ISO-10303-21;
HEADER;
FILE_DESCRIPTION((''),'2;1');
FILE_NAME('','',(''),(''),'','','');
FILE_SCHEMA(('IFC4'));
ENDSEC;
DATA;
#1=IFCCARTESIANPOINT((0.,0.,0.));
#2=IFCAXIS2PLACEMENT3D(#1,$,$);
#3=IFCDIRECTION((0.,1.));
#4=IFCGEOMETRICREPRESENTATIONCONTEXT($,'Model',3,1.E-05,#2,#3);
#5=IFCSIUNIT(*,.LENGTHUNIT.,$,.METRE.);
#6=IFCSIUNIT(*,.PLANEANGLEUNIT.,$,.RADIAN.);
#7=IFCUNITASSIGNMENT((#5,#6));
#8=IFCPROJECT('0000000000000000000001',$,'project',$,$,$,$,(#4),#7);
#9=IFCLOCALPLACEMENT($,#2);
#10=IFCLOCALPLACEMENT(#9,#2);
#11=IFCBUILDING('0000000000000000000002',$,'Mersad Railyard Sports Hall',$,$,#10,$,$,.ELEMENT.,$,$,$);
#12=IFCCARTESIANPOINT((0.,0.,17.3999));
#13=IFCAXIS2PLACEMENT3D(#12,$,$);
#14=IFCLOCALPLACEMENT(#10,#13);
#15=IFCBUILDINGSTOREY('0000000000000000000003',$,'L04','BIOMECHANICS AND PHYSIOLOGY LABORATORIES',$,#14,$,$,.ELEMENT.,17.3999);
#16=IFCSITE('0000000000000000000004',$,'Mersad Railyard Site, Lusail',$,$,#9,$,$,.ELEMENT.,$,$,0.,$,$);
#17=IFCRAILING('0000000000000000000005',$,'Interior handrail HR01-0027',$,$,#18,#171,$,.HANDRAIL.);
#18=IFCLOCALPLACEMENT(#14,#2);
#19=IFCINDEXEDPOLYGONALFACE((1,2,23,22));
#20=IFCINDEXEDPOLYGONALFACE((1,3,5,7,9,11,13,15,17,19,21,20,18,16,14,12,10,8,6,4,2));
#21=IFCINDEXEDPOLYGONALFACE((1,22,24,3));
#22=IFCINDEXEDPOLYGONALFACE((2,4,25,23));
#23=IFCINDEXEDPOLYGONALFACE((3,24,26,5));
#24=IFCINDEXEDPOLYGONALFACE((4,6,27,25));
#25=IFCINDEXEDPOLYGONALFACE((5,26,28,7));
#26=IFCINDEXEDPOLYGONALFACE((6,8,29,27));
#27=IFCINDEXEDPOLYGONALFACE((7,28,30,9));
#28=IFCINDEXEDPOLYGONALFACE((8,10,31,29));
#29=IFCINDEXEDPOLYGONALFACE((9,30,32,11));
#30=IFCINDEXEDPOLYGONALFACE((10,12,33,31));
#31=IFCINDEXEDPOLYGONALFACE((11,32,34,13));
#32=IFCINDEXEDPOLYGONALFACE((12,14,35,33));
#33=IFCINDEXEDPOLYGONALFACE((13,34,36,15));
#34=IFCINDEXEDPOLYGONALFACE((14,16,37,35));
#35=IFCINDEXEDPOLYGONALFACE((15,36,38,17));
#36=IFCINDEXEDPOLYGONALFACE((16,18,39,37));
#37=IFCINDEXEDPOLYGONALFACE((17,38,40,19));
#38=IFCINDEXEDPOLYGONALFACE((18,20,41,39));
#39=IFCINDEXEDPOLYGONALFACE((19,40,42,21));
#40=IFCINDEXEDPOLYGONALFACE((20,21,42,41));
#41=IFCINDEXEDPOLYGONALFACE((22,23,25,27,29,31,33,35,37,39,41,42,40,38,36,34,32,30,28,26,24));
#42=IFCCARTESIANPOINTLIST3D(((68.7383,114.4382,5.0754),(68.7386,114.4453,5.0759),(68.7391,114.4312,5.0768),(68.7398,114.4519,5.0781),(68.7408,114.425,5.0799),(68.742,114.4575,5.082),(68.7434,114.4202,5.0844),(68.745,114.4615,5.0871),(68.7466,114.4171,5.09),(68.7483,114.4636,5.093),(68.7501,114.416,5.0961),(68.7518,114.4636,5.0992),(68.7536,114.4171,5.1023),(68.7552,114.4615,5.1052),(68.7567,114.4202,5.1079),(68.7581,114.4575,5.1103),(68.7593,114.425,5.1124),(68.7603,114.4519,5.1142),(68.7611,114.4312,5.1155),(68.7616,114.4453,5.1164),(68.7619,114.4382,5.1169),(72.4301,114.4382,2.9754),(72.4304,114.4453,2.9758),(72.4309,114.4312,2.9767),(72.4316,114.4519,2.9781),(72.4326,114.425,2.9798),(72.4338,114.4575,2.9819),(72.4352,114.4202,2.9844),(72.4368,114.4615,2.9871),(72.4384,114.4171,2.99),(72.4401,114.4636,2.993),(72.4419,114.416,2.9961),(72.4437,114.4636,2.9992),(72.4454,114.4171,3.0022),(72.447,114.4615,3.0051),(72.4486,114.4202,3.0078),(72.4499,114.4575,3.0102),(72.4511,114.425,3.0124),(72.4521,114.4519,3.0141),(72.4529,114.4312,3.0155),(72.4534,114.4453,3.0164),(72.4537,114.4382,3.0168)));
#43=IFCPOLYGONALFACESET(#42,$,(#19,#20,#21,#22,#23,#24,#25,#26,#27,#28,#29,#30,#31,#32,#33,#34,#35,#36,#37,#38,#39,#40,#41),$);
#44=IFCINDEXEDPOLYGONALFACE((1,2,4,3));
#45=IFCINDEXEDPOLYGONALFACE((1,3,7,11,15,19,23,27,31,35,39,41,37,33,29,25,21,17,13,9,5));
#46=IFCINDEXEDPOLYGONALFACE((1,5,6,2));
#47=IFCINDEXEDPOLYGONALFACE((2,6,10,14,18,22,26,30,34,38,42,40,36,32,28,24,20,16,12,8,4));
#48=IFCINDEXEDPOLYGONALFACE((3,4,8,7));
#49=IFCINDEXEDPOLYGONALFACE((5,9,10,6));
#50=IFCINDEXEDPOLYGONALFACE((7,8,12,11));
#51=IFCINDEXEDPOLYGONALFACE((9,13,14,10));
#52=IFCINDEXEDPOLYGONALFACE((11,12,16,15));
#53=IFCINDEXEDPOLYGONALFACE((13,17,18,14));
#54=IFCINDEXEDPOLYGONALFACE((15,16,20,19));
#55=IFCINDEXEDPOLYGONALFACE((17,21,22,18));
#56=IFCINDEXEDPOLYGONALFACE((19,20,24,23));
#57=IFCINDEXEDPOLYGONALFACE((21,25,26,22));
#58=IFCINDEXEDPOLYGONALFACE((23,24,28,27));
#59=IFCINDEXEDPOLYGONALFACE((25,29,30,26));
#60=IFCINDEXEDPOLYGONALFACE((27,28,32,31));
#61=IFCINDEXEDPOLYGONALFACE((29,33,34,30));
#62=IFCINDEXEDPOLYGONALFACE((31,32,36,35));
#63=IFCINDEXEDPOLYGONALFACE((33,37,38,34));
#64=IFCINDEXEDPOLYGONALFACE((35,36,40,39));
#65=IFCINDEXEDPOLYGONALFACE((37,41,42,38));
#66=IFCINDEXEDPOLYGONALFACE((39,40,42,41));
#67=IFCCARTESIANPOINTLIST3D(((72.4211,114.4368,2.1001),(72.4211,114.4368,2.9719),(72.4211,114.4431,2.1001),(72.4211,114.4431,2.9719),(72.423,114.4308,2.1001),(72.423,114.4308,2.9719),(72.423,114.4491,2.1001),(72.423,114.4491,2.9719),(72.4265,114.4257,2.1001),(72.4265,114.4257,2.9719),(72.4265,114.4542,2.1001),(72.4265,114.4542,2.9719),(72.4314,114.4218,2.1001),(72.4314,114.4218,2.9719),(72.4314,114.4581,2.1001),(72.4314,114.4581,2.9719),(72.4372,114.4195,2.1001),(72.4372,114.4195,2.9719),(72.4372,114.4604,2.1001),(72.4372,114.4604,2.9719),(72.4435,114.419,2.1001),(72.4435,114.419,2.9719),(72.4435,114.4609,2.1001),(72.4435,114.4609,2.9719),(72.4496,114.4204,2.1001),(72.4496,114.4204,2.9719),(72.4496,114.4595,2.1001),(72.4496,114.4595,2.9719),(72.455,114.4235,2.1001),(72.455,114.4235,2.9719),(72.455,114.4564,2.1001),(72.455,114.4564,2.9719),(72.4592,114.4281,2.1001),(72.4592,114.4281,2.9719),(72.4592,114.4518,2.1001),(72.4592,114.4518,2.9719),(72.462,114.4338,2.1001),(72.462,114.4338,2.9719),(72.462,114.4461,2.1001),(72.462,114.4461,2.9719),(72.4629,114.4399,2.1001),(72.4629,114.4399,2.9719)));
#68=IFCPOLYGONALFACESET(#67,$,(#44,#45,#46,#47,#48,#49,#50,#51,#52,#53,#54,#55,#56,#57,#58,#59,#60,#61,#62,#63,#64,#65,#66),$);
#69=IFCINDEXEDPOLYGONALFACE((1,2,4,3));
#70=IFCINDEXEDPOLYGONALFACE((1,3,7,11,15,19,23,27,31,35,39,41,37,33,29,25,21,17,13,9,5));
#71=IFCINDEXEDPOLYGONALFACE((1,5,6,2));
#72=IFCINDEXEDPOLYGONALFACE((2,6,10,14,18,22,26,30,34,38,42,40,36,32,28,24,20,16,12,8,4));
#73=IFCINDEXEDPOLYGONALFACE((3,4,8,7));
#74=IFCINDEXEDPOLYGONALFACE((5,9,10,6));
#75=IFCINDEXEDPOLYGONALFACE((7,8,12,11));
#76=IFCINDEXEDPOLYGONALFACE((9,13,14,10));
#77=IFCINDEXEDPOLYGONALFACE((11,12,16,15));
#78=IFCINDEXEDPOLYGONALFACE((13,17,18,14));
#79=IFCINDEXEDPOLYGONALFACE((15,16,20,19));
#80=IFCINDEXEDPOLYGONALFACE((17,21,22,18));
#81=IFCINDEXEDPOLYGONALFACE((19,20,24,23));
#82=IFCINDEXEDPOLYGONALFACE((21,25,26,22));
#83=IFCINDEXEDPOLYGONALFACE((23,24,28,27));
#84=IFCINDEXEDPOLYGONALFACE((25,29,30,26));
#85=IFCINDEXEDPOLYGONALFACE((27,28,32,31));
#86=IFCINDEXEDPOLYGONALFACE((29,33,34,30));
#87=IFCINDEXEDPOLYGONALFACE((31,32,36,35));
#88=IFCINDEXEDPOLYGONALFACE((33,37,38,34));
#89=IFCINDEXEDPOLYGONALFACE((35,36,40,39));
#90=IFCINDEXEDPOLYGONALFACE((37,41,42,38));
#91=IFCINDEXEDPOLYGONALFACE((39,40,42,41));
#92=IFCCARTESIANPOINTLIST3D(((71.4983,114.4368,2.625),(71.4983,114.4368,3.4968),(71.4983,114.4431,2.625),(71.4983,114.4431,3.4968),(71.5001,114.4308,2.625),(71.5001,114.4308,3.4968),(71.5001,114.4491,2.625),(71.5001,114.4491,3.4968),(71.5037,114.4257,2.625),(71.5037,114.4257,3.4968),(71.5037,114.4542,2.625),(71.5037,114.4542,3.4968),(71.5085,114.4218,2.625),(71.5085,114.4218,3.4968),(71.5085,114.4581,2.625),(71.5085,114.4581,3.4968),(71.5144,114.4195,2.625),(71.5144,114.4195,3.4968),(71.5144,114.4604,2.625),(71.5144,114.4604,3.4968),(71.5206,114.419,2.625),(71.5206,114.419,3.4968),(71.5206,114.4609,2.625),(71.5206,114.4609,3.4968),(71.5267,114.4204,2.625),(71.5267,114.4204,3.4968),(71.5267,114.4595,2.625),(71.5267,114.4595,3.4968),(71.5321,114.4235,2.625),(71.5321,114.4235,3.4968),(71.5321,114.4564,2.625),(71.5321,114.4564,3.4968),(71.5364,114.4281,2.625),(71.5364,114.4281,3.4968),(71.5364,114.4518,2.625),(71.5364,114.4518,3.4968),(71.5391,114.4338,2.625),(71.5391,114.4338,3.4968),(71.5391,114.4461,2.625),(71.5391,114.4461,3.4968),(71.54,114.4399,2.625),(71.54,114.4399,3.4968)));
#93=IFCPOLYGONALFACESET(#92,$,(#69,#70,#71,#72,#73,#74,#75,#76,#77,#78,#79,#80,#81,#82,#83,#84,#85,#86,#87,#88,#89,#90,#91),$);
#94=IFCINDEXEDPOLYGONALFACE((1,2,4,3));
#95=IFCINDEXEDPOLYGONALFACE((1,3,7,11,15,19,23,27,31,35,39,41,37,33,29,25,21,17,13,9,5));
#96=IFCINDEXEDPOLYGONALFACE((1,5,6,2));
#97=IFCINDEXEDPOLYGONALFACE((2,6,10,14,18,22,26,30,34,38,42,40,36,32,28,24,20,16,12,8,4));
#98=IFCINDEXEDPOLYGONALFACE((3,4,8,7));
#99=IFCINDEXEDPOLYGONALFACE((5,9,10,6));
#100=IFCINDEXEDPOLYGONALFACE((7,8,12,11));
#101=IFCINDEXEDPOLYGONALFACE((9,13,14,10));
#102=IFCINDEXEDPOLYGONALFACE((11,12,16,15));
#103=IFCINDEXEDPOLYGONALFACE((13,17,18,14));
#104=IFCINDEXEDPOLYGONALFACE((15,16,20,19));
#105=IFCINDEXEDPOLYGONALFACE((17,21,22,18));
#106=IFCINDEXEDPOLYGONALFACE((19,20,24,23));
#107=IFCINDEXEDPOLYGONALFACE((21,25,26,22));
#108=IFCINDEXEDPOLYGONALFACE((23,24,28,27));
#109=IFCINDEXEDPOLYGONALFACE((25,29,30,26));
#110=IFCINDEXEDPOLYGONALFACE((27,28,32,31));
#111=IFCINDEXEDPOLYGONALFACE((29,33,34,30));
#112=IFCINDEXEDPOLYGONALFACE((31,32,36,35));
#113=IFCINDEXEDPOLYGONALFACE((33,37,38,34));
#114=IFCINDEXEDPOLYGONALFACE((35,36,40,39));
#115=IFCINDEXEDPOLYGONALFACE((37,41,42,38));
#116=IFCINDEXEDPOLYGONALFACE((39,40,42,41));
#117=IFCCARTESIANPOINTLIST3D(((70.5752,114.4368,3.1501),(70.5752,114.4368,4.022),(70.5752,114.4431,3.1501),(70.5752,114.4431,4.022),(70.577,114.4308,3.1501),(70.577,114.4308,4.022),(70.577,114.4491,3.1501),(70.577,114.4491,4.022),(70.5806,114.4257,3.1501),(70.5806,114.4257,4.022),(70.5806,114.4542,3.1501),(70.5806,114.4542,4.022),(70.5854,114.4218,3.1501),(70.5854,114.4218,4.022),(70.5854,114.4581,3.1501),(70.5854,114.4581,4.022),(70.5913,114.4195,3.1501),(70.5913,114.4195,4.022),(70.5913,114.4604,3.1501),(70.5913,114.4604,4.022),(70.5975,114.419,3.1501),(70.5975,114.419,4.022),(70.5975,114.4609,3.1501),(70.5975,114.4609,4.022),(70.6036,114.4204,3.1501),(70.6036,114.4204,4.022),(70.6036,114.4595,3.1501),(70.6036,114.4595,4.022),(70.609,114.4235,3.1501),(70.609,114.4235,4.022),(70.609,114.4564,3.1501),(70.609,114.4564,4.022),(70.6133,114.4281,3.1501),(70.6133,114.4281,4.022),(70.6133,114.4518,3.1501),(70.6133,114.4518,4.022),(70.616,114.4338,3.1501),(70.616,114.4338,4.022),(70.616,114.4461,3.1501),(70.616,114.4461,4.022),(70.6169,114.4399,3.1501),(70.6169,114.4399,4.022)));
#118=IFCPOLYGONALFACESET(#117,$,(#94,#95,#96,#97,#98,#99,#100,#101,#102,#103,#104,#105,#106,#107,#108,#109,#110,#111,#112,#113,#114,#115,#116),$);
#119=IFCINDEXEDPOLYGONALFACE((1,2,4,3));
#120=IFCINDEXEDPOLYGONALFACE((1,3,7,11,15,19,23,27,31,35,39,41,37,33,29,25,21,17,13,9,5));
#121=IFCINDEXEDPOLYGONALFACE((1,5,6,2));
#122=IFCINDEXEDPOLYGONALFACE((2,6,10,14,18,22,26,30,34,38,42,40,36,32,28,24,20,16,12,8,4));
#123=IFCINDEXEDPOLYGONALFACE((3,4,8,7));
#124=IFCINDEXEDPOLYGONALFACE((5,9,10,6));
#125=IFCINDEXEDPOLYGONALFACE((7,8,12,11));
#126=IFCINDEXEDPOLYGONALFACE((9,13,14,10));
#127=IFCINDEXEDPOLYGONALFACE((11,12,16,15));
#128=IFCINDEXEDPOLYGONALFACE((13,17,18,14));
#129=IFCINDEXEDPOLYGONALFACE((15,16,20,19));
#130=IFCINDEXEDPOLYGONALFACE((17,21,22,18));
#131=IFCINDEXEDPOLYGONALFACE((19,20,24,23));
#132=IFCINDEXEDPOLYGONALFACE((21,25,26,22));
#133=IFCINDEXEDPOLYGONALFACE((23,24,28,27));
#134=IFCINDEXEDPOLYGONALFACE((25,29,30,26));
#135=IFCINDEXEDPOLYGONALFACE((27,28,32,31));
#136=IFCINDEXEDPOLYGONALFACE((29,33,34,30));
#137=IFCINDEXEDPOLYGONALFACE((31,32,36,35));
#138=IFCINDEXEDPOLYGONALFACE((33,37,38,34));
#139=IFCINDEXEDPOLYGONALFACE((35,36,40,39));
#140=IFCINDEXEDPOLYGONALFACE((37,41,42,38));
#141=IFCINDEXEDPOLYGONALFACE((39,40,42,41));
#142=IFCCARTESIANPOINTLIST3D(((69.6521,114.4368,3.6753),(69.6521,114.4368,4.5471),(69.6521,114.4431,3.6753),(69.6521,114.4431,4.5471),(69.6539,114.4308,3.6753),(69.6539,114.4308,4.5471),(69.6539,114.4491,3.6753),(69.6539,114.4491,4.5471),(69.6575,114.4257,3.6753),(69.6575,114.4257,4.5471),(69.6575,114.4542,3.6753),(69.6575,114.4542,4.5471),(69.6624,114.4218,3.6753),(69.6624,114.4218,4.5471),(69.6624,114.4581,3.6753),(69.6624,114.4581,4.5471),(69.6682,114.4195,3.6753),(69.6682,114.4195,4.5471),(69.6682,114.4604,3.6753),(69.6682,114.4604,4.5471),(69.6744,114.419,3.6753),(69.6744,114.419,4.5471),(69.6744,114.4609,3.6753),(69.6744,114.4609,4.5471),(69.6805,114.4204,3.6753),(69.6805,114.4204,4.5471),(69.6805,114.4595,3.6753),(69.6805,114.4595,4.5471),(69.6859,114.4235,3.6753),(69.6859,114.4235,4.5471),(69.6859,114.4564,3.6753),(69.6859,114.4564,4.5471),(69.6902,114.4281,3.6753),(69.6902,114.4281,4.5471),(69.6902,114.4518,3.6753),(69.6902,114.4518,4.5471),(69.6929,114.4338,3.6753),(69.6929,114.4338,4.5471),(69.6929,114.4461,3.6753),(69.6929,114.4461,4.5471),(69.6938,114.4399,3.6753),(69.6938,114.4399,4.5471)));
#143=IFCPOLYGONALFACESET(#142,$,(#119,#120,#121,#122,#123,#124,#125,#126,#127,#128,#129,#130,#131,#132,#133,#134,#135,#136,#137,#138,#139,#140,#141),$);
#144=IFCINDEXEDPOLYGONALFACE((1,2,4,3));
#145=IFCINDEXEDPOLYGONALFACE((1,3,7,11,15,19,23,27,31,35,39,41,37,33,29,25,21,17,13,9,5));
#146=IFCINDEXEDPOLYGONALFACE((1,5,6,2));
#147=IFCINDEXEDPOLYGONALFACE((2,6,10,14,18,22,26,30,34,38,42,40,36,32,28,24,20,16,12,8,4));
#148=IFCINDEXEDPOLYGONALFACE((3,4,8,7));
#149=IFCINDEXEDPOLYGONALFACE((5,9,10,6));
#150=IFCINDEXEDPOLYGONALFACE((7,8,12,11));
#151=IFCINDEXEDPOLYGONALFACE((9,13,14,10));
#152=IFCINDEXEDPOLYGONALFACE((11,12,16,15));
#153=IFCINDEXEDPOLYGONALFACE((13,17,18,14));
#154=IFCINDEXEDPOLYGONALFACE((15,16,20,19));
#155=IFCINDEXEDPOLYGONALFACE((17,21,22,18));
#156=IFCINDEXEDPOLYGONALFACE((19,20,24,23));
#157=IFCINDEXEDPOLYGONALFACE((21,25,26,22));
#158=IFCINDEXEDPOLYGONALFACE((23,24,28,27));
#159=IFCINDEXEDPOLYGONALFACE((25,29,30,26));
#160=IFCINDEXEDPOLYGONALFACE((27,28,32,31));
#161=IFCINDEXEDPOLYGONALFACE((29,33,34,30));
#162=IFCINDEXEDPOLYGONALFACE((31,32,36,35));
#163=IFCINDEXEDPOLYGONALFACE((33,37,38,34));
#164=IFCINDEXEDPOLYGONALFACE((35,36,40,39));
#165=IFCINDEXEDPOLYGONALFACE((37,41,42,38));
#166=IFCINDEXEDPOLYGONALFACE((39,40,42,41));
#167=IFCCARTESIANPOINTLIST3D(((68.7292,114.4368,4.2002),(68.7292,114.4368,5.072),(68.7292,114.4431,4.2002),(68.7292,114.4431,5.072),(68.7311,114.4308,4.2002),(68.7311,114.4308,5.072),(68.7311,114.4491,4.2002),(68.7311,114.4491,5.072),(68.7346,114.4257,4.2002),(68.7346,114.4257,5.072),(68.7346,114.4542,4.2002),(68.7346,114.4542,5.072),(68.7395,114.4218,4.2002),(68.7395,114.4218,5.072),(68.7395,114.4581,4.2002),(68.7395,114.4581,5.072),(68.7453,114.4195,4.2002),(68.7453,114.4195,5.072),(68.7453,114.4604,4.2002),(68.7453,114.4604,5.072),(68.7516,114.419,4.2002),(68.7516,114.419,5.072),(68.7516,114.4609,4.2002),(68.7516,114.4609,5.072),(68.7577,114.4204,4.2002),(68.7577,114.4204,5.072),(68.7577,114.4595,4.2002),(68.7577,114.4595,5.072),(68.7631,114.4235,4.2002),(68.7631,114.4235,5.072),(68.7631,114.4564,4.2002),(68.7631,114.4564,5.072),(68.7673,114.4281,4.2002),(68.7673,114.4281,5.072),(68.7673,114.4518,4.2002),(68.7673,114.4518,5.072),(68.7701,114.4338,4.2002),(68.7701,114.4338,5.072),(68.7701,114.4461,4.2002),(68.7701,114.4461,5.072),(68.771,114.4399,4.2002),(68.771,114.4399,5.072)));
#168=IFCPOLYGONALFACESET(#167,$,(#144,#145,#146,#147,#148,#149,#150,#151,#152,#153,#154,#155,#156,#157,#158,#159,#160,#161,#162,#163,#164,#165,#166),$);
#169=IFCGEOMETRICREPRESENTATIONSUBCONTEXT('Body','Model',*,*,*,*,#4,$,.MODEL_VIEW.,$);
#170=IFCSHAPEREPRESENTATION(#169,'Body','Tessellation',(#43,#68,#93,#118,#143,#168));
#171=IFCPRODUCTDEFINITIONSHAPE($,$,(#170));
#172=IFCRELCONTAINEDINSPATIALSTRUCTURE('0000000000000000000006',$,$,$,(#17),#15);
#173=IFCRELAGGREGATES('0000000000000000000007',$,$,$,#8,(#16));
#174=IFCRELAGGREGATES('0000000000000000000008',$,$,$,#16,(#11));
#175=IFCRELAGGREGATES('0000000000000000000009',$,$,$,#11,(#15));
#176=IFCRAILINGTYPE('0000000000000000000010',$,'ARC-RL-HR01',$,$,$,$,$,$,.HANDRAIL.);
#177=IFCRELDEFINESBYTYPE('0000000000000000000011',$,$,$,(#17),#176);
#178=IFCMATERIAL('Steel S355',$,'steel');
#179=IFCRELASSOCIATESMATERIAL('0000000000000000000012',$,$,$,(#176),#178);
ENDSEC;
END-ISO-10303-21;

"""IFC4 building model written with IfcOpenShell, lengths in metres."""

from ifc_helpers import new_model, si_unit, direction, frame, origin, origin_2d, place, context, subcontext, project, spatial, circle, extrude, material, type_object, element, save


model = new_model("IFC4")

# Units and contexts
model_context = context("Model", 3, precision=1e-05, world=origin(), true_north=direction((0.0, 1.0)))
body_context = subcontext(model_context, "Body", "Model", "MODEL_VIEW")
ifc_project = project(units=[si_unit("LENGTHUNIT", "METRE"), si_unit("PLANEANGLEUNIT", "RADIAN")], contexts=[model_context])

# Site, building, storey
site_placement = place(None, origin())
site = spatial("IfcSite", under=ifc_project, at=site_placement, Name="Mersad Railyard Site, Lusail", CompositionType="ELEMENT", RefElevation=0.0)
building_placement = place(site_placement, origin())
building = spatial("IfcBuilding", under=site, at=building_placement, Name="Mersad Railyard Sports Hall", CompositionType="ELEMENT")
storey_placement = place(building_placement, frame((0.0, 0.0, 17.3999)))
storey = spatial("IfcBuildingStorey", under=building, at=storey_placement, Name="L04", Description="BIOMECHANICS AND PHYSIOLOGY LABORATORIES", CompositionType="ELEMENT", Elevation=17.3999)

# Shared definitions
ifc_material_1 = material(Name="Steel S355", Category="steel")

# Railing
railing_type_1 = type_object("IfcRailingType", Name="ARC-RL-HR01", PredefinedType="HANDRAIL", material=ifc_material_1)
railing_1_placement = place(storey_placement, frame((72.4419, 114.4399, 2.1001)))
element("IfcRailing", 1, at=railing_1_placement, inside=storey, type_object=railing_type_1, Name="Interior handrail HR01-0027", PredefinedType="HANDRAIL", context=body_context, shape_type="SweptSolid", body=[
    extrude(circle(Radius=0.0239, at=origin_2d()), frame((0.0, 0.0, 0.896), z_axis=(-0.869211, 0.0, 0.494442), x_axis=(0.0, -1.0, 0.0)), (0.0, 0.0, 1.0), 4.2473),
    extrude(circle(Radius=0.021, at=origin_2d()), origin(), (0.0, 0.0, 1.0), 0.8718),
    extrude(circle(Radius=0.021, at=origin_2d()), frame((-0.9229, 0.0, 0.5249)), (0.0, 0.0, 1.0), 0.8718),
    extrude(circle(Radius=0.021, at=origin_2d()), frame((-1.8459, 0.0, 1.05)), (0.0, 0.0, 1.0), 0.8718),
    extrude(circle(Radius=0.021, at=origin_2d()), frame((-2.769, 0.0, 1.5752)), (0.0, 0.0, 1.0), 0.8718),
    extrude(circle(Radius=0.021, at=origin_2d()), frame((-3.6919, 0.0, 2.1001)), (0.0, 0.0, 1.0), 0.8718),
])

save(model, "model.ifc")
